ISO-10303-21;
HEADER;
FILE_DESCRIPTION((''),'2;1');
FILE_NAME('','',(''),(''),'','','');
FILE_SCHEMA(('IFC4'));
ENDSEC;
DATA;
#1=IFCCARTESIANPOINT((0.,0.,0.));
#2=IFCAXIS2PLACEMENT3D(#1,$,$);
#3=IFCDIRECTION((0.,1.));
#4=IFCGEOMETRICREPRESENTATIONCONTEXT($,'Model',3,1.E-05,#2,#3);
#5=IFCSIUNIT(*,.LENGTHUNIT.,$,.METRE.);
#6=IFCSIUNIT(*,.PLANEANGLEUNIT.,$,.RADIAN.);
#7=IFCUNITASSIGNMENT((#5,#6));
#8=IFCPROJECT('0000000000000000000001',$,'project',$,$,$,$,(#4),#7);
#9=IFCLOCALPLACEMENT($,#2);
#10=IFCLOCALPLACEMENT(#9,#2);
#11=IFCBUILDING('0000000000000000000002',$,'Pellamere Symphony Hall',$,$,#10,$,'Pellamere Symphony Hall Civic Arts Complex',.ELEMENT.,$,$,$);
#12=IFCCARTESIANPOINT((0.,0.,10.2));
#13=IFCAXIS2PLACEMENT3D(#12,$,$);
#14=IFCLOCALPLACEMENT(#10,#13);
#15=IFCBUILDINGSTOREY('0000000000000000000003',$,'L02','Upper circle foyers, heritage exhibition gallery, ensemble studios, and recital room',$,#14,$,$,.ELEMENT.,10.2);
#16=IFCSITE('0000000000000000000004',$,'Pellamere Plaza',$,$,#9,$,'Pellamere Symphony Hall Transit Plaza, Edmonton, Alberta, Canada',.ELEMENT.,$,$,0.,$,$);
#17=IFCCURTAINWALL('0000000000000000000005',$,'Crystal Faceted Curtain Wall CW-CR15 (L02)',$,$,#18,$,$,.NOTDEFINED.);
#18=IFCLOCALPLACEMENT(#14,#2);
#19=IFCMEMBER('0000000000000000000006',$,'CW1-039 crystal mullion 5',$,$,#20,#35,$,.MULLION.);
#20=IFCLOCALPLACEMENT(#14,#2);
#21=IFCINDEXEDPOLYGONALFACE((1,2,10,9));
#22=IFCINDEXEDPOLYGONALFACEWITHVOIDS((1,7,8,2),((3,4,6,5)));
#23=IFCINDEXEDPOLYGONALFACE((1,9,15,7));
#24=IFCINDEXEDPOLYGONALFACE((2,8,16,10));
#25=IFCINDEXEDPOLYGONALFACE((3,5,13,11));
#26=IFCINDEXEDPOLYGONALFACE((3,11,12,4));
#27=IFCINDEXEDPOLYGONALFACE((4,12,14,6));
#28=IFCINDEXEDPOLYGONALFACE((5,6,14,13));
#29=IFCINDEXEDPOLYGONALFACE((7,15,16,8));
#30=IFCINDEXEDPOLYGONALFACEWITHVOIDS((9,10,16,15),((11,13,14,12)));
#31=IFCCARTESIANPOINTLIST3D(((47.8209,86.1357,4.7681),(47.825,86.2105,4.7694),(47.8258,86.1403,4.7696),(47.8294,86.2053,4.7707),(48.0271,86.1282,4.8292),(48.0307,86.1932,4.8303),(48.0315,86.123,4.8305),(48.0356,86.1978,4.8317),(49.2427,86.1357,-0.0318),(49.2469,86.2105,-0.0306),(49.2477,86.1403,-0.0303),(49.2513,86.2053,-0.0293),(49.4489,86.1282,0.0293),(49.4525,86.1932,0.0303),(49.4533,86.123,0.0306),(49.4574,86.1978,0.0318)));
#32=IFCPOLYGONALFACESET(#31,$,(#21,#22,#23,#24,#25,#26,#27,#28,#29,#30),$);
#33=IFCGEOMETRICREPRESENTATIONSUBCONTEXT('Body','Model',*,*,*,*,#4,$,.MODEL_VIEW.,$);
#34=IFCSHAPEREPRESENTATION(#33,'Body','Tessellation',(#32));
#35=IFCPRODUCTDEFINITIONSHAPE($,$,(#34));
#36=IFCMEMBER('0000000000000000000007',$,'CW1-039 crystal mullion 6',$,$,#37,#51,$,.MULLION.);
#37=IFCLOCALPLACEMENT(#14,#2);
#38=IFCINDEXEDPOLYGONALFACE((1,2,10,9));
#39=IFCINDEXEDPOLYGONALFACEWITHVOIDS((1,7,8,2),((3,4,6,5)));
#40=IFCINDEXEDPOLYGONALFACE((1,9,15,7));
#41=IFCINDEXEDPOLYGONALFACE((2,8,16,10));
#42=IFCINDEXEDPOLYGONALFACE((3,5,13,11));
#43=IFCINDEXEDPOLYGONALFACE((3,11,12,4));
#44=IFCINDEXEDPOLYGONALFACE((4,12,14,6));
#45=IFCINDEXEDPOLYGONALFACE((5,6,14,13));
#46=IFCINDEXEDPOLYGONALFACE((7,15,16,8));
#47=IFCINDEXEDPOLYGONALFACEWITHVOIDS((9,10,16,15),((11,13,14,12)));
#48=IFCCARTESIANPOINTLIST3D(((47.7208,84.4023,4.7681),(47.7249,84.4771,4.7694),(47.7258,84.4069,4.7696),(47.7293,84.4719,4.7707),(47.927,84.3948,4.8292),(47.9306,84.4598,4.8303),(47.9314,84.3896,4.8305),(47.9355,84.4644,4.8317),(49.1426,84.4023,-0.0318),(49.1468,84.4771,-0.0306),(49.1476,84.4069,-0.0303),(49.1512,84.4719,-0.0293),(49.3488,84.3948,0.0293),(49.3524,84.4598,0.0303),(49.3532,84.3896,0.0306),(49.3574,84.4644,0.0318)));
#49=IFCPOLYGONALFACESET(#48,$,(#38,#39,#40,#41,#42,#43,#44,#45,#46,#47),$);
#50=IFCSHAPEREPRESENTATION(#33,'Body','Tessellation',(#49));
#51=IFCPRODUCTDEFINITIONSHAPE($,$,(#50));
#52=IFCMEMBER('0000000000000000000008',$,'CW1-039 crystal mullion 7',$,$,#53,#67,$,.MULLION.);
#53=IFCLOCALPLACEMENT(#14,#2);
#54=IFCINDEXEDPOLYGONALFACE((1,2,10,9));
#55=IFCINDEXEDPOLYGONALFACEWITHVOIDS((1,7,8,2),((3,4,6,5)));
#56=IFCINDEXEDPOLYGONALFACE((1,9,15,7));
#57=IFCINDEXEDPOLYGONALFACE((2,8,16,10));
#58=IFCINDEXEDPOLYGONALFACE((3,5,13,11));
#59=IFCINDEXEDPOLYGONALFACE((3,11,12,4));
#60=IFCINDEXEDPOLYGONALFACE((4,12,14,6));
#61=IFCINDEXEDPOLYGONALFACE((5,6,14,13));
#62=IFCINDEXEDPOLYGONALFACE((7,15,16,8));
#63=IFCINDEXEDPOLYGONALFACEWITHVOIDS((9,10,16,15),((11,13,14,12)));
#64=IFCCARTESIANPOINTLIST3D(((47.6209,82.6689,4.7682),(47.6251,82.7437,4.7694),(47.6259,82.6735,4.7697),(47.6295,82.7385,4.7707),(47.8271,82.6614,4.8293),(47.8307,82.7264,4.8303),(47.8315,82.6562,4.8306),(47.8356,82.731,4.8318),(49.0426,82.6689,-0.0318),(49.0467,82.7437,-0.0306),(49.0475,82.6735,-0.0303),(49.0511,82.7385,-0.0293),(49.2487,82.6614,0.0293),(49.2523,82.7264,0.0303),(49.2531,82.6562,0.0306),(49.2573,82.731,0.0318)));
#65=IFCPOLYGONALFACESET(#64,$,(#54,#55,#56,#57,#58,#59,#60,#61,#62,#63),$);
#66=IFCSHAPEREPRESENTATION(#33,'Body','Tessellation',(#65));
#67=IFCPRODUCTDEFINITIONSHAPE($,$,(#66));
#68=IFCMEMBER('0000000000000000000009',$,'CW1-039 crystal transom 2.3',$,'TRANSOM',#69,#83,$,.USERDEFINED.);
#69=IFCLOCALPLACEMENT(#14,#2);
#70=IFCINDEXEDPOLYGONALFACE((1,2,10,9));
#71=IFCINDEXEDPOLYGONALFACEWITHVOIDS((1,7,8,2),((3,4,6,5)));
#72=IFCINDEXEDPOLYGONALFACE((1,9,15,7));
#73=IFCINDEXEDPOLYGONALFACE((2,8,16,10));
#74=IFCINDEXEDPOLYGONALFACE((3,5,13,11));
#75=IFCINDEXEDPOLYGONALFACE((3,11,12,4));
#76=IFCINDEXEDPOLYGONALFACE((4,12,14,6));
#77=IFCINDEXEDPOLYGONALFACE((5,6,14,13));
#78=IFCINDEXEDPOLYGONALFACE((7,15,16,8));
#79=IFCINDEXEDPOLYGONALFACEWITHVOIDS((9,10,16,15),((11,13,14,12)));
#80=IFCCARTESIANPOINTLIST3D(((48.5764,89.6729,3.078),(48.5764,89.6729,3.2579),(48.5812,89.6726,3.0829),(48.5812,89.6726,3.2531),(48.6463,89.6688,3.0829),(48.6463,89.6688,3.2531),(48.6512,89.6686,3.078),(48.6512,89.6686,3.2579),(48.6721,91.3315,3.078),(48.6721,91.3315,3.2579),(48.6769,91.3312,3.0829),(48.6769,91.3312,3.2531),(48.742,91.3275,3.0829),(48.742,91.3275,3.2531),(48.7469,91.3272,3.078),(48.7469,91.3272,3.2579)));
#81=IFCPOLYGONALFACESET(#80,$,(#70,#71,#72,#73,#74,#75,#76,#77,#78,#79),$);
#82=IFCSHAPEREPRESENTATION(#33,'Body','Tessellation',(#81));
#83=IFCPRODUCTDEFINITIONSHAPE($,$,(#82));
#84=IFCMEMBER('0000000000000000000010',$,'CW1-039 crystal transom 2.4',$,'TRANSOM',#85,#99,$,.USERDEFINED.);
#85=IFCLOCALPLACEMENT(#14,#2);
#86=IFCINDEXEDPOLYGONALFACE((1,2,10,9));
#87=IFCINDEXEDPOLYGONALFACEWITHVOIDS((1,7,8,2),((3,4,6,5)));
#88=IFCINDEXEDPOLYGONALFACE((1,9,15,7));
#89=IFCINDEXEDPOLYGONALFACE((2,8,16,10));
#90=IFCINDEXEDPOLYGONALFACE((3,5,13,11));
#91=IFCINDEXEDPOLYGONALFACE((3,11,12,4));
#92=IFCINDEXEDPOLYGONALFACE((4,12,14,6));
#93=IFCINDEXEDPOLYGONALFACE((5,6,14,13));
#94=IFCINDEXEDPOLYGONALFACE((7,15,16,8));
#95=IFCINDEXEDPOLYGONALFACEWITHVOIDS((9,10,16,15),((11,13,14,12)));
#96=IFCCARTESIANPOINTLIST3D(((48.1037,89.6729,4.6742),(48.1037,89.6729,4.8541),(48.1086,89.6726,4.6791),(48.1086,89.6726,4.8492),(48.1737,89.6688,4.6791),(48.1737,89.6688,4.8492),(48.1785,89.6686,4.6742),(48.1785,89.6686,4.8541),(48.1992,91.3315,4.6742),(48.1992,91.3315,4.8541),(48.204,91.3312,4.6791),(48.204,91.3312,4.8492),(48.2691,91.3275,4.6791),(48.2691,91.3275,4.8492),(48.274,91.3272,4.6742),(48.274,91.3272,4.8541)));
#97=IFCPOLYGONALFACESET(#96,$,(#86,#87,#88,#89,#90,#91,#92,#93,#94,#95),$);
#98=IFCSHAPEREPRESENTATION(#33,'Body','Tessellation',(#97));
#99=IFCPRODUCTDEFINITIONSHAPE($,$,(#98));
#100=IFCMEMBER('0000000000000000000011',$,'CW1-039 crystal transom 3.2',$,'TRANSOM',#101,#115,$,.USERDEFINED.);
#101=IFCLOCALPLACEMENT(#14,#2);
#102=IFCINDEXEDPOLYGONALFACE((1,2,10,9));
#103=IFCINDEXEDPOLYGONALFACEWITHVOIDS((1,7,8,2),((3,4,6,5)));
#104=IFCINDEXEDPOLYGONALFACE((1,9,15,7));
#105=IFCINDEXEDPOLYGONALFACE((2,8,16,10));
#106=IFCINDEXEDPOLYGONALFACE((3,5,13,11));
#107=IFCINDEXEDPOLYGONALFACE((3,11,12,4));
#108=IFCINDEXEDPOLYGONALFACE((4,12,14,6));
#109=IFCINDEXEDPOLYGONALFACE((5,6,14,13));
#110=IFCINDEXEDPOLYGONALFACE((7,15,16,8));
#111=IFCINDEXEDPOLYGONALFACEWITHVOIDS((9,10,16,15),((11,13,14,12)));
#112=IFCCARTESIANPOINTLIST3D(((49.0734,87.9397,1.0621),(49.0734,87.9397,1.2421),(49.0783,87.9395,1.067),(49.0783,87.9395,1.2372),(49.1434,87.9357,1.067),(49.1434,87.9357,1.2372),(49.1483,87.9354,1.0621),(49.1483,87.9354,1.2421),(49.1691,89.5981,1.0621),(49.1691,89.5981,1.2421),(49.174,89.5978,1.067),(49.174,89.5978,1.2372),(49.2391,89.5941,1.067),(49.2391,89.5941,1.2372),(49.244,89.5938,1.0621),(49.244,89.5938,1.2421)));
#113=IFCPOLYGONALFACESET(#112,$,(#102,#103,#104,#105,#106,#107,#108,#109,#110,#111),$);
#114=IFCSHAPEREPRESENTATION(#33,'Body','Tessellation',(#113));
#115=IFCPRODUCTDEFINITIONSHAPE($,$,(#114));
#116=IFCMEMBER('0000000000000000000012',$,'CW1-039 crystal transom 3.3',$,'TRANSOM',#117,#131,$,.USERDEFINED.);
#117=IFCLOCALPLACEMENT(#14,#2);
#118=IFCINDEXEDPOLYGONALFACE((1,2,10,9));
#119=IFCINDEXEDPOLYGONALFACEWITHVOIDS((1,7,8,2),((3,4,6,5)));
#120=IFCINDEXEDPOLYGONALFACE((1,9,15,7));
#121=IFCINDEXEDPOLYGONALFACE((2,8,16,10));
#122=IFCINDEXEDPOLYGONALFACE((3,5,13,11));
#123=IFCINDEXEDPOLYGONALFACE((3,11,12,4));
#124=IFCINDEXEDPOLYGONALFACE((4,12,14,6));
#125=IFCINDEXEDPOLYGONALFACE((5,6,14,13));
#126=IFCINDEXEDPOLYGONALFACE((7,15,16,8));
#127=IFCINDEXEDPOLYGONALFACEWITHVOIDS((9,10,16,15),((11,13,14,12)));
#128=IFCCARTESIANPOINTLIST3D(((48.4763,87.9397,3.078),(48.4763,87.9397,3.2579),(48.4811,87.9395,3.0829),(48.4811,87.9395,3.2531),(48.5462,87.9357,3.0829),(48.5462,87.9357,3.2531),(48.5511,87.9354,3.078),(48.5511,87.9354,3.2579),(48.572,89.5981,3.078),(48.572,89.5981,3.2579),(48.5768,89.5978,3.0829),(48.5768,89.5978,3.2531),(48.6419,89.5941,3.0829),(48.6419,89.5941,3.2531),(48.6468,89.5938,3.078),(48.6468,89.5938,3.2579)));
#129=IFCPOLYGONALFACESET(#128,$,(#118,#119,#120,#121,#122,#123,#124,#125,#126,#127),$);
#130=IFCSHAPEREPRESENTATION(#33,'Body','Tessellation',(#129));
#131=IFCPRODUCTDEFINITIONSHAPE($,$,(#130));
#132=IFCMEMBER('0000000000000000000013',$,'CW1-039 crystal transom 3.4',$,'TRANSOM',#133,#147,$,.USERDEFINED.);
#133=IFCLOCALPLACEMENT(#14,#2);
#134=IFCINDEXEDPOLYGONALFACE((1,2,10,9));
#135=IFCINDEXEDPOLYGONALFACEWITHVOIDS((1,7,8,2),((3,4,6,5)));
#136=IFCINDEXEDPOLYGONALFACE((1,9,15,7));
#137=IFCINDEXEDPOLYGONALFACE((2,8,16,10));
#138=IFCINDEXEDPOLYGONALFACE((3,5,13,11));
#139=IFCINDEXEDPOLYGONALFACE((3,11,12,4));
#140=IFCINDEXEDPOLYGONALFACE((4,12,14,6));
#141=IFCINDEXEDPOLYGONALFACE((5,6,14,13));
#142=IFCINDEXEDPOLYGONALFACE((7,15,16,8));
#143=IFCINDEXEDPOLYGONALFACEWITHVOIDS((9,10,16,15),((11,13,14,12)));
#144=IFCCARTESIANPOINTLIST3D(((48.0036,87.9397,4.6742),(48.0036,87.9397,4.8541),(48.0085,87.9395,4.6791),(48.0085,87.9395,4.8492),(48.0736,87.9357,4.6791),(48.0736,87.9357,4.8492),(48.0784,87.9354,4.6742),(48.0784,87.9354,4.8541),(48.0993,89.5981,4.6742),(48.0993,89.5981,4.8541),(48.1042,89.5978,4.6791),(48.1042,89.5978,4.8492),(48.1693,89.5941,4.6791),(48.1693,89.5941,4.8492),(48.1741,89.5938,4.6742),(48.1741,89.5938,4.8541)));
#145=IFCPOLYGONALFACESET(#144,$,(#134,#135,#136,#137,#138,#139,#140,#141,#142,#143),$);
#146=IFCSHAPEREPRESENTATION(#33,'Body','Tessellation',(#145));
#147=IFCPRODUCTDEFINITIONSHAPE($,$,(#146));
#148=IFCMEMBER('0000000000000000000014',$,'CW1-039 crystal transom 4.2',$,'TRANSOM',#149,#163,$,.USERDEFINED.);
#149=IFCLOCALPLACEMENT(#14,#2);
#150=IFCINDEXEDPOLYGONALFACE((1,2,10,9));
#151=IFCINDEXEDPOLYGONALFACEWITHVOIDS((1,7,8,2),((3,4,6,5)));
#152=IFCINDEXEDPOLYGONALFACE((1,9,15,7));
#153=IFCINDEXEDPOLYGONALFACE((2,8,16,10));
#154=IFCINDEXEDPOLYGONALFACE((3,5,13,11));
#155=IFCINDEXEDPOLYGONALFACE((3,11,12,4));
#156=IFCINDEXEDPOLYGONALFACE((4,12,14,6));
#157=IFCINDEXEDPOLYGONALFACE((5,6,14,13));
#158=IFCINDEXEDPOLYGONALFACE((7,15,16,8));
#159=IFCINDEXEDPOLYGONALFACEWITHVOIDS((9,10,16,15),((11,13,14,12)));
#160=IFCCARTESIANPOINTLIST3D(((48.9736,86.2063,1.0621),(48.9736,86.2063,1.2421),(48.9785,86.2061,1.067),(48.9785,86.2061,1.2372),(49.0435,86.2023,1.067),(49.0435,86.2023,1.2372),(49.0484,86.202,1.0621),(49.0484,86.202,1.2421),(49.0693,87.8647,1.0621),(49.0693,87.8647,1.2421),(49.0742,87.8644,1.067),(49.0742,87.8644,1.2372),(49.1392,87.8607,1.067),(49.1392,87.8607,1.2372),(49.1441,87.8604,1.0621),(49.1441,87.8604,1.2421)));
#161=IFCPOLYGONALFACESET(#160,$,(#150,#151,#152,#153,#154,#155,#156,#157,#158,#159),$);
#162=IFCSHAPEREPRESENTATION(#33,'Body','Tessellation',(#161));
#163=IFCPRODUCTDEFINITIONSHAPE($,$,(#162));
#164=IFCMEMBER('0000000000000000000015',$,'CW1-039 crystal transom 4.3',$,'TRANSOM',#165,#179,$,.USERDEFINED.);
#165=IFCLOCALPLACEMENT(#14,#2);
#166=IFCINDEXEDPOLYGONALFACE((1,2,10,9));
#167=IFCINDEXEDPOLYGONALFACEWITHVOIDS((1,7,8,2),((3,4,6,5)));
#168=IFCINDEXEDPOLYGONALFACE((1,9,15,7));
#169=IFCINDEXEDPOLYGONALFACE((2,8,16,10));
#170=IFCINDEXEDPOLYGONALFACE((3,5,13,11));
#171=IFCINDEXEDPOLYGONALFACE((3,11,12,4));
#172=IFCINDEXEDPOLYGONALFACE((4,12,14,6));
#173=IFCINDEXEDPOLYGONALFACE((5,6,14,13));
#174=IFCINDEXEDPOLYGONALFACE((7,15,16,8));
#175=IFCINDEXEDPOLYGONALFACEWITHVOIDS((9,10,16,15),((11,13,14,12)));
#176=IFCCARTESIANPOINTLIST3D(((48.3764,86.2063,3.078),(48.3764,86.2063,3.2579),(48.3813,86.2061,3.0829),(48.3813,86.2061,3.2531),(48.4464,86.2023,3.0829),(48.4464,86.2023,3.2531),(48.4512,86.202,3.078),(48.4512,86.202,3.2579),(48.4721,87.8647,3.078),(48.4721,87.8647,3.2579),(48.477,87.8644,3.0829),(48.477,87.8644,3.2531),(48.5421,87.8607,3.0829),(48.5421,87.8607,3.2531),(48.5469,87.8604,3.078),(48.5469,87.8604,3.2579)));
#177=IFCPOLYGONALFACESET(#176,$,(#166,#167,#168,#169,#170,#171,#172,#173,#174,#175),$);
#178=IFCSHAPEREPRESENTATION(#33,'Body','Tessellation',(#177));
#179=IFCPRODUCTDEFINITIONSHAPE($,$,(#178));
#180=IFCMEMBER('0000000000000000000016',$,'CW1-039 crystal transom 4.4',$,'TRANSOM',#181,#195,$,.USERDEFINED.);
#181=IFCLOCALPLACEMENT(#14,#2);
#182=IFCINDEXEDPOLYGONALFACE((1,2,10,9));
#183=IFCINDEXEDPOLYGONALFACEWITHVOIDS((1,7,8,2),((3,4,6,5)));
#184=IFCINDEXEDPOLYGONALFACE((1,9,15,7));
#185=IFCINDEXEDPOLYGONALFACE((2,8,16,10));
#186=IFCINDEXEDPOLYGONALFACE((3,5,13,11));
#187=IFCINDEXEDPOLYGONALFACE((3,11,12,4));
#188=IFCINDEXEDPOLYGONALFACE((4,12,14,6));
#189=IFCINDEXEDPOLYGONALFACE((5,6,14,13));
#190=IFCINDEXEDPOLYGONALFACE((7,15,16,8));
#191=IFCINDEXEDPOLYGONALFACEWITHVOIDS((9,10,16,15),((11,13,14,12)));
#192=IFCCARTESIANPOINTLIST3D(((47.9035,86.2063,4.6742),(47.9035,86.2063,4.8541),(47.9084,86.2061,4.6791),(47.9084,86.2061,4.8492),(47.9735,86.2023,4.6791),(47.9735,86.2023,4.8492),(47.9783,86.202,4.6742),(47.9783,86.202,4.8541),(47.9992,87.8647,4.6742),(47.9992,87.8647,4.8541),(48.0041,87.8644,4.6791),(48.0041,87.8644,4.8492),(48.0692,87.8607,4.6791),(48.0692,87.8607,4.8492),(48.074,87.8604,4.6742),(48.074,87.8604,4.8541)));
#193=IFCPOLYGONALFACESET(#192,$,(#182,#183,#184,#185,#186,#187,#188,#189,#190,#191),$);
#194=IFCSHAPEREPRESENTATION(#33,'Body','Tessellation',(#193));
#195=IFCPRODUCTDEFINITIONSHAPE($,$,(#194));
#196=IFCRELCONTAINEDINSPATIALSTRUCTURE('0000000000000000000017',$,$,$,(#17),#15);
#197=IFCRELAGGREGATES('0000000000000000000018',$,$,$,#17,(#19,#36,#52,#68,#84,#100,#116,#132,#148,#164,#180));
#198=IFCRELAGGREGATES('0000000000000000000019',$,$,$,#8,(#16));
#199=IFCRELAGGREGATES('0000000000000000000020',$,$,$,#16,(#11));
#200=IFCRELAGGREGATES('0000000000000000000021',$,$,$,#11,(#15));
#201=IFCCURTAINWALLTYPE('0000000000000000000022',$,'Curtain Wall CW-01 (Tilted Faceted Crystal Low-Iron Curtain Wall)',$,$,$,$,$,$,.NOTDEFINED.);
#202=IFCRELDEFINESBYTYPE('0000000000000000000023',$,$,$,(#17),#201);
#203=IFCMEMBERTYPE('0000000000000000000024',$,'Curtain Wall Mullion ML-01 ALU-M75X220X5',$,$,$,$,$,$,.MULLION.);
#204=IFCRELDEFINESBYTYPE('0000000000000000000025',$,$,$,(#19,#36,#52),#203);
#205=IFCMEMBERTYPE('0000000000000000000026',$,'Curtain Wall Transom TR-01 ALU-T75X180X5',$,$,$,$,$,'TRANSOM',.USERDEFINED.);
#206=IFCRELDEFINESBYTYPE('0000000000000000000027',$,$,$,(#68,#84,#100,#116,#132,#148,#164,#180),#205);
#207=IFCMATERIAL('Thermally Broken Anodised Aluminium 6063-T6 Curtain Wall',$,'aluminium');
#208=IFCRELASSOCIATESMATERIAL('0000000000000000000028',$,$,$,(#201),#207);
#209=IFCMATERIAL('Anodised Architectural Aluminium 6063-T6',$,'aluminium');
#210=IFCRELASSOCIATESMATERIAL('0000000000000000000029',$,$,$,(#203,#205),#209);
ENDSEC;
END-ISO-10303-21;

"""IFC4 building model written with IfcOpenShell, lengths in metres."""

from ifc_helpers import new_model, si_unit, direction, frame, origin, origin_2d, place, context, subcontext, project, spatial, hollow_rectangle, extrude, material, material_profile, profile_set, type_object, element, aggregate, save


model = new_model("IFC4")

# Units and contexts
model_context = context("Model", 3, precision=1e-05, world=origin(), true_north=direction((0.0, 1.0)))
body_context = subcontext(model_context, "Body", "Model", "MODEL_VIEW")
ifc_project = project(units=[si_unit("LENGTHUNIT", "METRE"), si_unit("PLANEANGLEUNIT", "RADIAN")], contexts=[model_context])

# Site, building, storey
site_placement = place(None, origin())
site = spatial("IfcSite", under=ifc_project, at=site_placement, Name="Pellamere Plaza", LongName="Pellamere Symphony Hall Transit Plaza, Edmonton, Alberta, Canada", CompositionType="ELEMENT", RefElevation=0.0)
building_placement = place(site_placement, origin())
building = spatial("IfcBuilding", under=site, at=building_placement, Name="Pellamere Symphony Hall", LongName="Pellamere Symphony Hall Civic Arts Complex", CompositionType="ELEMENT")
storey_placement = place(building_placement, frame((0.0, 0.0, 10.2)))
storey = spatial("IfcBuildingStorey", under=building, at=storey_placement, Name="L02", Description="Upper circle foyers, heritage exhibition gallery, ensemble studios, and recital room", CompositionType="ELEMENT", Elevation=10.2)

# Curtain wall, members
ifc_material_1 = material(Name="Thermally Broken Anodised Aluminium 6063-T6 Curtain Wall", Category="aluminium")
curtain_wall_type = type_object("IfcCurtainWallType", Name="Curtain Wall CW-01 (Tilted Faceted Crystal Low-Iron Curtain Wall)", PredefinedType="NOTDEFINED", material=ifc_material_1)
curtain_wall_placement = place(storey_placement, origin())
curtain_wall = element("IfcCurtainWall", 1, at=curtain_wall_placement, inside=storey, type_object=curtain_wall_type, Name="Crystal Faceted Curtain Wall CW-CR15 (L02)", PredefinedType="NOTDEFINED")
ifc_material_2 = material(Name="Anodised Architectural Aluminium 6063-T6", Category="aluminium")
ifc_material_profile_1 = material_profile(ifc_material_2, hollow_rectangle(XDim=0.075, YDim=0.22, WallThickness=0.0049, at=origin_2d()), Name="ALU-M75X220X5")
ifc_profile_set_1 = profile_set([ifc_material_profile_1], Name="Anodised Architectural Aluminium 6063-T6")
member_type_1 = type_object("IfcMemberType", Name="Curtain Wall Mullion ML-01 ALU-M75X220X5", PredefinedType="MULLION", material=ifc_profile_set_1)
member_1_placement = place(storey_placement, frame((49.3501, 86.1667, 0.0), z_axis=(-0.284022, 0.0, 0.958818), x_axis=(-0.055225, -0.99834, -0.016359)))
member_1 = element("IfcMember", 2, at=member_1_placement, type_object=member_type_1, Name="CW1-039 crystal mullion 5", PredefinedType="MULLION", context=body_context, shape_type="SweptSolid", body=[
    extrude(hollow_rectangle(XDim=0.075, YDim=0.22, WallThickness=0.0049, at=origin_2d()), origin(), (0.0, 0.0, 1.0), 5.0061),
])
member_2_placement = place(storey_placement, frame((49.25, 84.4333, 0.0), z_axis=(-0.284022, 0.0, 0.958818), x_axis=(-0.055225, -0.99834, -0.016359)))
member_2 = element("IfcMember", 3, at=member_2_placement, type_object=member_type_1, Name="CW1-039 crystal mullion 6", PredefinedType="MULLION", context=body_context, shape_type="SweptSolid", body=[
    extrude(hollow_rectangle(XDim=0.075, YDim=0.22, WallThickness=0.0049, at=origin_2d()), origin(), (0.0, 0.0, 1.0), 5.0061),
])
member_3_placement = place(storey_placement, frame((49.1499, 82.7, 0.0), z_axis=(-0.283977, 0.0, 0.958831), x_axis=(-0.055225, -0.99834, -0.016356)))
member_3 = element("IfcMember", 4, at=member_3_placement, type_object=member_type_1, Name="CW1-039 crystal mullion 7", PredefinedType="MULLION", context=body_context, shape_type="SweptSolid", body=[
    extrude(hollow_rectangle(XDim=0.075, YDim=0.22, WallThickness=0.0049, at=origin_2d()), origin(), (0.0, 0.0, 1.0), 5.0061),
])
ifc_material_profile_2 = material_profile(ifc_material_2, hollow_rectangle(XDim=0.075, YDim=0.1799, WallThickness=0.0049, at=origin_2d()), Name="ALU-T75X180X5")
ifc_profile_set_2 = profile_set([ifc_material_profile_2], Name="Anodised Architectural Aluminium 6063-T6")
member_type_2 = type_object("IfcMemberType", Name="Curtain Wall Transom TR-01 ALU-T75X180X5", ElementType="TRANSOM", PredefinedType="USERDEFINED", material=ifc_profile_set_2)
member_4_placement = place(storey_placement, frame((48.7095, 91.3293, 3.168), z_axis=(-0.057602, -0.99834, 0.0), x_axis=(0.99834, -0.057602, 0.0)))
member_4 = element("IfcMember", 5, at=member_4_placement, type_object=member_type_2, Name="CW1-039 crystal transom 2.3", ObjectType="TRANSOM", PredefinedType="USERDEFINED", context=body_context, shape_type="SweptSolid", body=[
    extrude(hollow_rectangle(XDim=0.075, YDim=0.1799, WallThickness=0.0049, at=origin_2d()), origin(), (0.0, 0.0, 1.0), 1.6614),
])
member_5_placement = place(storey_placement, frame((48.2366, 91.3293, 4.7642), z_axis=(-0.057456, -0.998348, 0.0), x_axis=(0.998348, -0.057456, 0.0)))
member_5 = element("IfcMember", 6, at=member_5_placement, type_object=member_type_2, Name="CW1-039 crystal transom 2.4", ObjectType="TRANSOM", PredefinedType="USERDEFINED", context=body_context, shape_type="SweptSolid", body=[
    extrude(hollow_rectangle(XDim=0.075, YDim=0.1799, WallThickness=0.0049, at=origin_2d()), origin(), (0.0, 0.0, 1.0), 1.6614),
])
member_6_placement = place(storey_placement, frame((49.2065, 89.5959, 1.1521), z_axis=(-0.057611, -0.998339, 0.0), x_axis=(0.998339, -0.057611, 0.0)))
member_6 = element("IfcMember", 7, at=member_6_placement, type_object=member_type_2, Name="CW1-039 crystal transom 3.2", ObjectType="TRANSOM", PredefinedType="USERDEFINED", context=body_context, shape_type="SweptSolid", body=[
    extrude(hollow_rectangle(XDim=0.075, YDim=0.1799, WallThickness=0.0049, at=origin_2d()), origin(), (0.0, 0.0, 1.0), 1.6611),
])
member_7_placement = place(storey_placement, frame((48.6094, 89.5959, 3.168), z_axis=(-0.057611, -0.998339, 0.0), x_axis=(0.998339, -0.057611, 0.0)))
member_7 = element("IfcMember", 8, at=member_7_placement, type_object=member_type_2, Name="CW1-039 crystal transom 3.3", ObjectType="TRANSOM", PredefinedType="USERDEFINED", context=body_context, shape_type="SweptSolid", body=[
    extrude(hollow_rectangle(XDim=0.075, YDim=0.1799, WallThickness=0.0049, at=origin_2d()), origin(), (0.0, 0.0, 1.0), 1.6611),
])
member_8_placement = place(storey_placement, frame((48.1367, 89.5959, 4.7642), z_axis=(-0.057611, -0.998339, 0.0), x_axis=(0.998339, -0.057611, 0.0)))
member_8 = element("IfcMember", 9, at=member_8_placement, type_object=member_type_2, Name="CW1-039 crystal transom 3.4", ObjectType="TRANSOM", PredefinedType="USERDEFINED", context=body_context, shape_type="SweptSolid", body=[
    extrude(hollow_rectangle(XDim=0.075, YDim=0.1799, WallThickness=0.0049, at=origin_2d()), origin(), (0.0, 0.0, 1.0), 1.6611),
])
member_9_placement = place(storey_placement, frame((49.1067, 87.8625, 1.1521), z_axis=(-0.057611, -0.998339, 0.0), x_axis=(0.998339, -0.057611, 0.0)))
member_9 = element("IfcMember", 10, at=member_9_placement, type_object=member_type_2, Name="CW1-039 crystal transom 4.2", ObjectType="TRANSOM", PredefinedType="USERDEFINED", context=body_context, shape_type="SweptSolid", body=[
    extrude(hollow_rectangle(XDim=0.075, YDim=0.1799, WallThickness=0.0049, at=origin_2d()), origin(), (0.0, 0.0, 1.0), 1.6611),
])
member_10_placement = place(storey_placement, frame((48.5095, 87.8625, 3.168), z_axis=(-0.057611, -0.998339, 0.0), x_axis=(0.998339, -0.057611, 0.0)))
member_10 = element("IfcMember", 11, at=member_10_placement, type_object=member_type_2, Name="CW1-039 crystal transom 4.3", ObjectType="TRANSOM", PredefinedType="USERDEFINED", context=body_context, shape_type="SweptSolid", body=[
    extrude(hollow_rectangle(XDim=0.075, YDim=0.1799, WallThickness=0.0049, at=origin_2d()), origin(), (0.0, 0.0, 1.0), 1.6611),
])
member_11_placement = place(storey_placement, frame((48.0366, 87.8625, 4.7642), z_axis=(-0.057611, -0.998339, 0.0), x_axis=(0.998339, -0.057611, 0.0)))
member_11 = element("IfcMember", 12, at=member_11_placement, type_object=member_type_2, Name="CW1-039 crystal transom 4.4", ObjectType="TRANSOM", PredefinedType="USERDEFINED", context=body_context, shape_type="SweptSolid", body=[
    extrude(hollow_rectangle(XDim=0.075, YDim=0.1799, WallThickness=0.0049, at=origin_2d()), origin(), (0.0, 0.0, 1.0), 1.6611),
])
aggregate(curtain_wall, [member_1, member_2, member_3, member_4, member_5, member_6, member_7, member_8, member_9, member_10, member_11])

save(model, "model.ifc")
